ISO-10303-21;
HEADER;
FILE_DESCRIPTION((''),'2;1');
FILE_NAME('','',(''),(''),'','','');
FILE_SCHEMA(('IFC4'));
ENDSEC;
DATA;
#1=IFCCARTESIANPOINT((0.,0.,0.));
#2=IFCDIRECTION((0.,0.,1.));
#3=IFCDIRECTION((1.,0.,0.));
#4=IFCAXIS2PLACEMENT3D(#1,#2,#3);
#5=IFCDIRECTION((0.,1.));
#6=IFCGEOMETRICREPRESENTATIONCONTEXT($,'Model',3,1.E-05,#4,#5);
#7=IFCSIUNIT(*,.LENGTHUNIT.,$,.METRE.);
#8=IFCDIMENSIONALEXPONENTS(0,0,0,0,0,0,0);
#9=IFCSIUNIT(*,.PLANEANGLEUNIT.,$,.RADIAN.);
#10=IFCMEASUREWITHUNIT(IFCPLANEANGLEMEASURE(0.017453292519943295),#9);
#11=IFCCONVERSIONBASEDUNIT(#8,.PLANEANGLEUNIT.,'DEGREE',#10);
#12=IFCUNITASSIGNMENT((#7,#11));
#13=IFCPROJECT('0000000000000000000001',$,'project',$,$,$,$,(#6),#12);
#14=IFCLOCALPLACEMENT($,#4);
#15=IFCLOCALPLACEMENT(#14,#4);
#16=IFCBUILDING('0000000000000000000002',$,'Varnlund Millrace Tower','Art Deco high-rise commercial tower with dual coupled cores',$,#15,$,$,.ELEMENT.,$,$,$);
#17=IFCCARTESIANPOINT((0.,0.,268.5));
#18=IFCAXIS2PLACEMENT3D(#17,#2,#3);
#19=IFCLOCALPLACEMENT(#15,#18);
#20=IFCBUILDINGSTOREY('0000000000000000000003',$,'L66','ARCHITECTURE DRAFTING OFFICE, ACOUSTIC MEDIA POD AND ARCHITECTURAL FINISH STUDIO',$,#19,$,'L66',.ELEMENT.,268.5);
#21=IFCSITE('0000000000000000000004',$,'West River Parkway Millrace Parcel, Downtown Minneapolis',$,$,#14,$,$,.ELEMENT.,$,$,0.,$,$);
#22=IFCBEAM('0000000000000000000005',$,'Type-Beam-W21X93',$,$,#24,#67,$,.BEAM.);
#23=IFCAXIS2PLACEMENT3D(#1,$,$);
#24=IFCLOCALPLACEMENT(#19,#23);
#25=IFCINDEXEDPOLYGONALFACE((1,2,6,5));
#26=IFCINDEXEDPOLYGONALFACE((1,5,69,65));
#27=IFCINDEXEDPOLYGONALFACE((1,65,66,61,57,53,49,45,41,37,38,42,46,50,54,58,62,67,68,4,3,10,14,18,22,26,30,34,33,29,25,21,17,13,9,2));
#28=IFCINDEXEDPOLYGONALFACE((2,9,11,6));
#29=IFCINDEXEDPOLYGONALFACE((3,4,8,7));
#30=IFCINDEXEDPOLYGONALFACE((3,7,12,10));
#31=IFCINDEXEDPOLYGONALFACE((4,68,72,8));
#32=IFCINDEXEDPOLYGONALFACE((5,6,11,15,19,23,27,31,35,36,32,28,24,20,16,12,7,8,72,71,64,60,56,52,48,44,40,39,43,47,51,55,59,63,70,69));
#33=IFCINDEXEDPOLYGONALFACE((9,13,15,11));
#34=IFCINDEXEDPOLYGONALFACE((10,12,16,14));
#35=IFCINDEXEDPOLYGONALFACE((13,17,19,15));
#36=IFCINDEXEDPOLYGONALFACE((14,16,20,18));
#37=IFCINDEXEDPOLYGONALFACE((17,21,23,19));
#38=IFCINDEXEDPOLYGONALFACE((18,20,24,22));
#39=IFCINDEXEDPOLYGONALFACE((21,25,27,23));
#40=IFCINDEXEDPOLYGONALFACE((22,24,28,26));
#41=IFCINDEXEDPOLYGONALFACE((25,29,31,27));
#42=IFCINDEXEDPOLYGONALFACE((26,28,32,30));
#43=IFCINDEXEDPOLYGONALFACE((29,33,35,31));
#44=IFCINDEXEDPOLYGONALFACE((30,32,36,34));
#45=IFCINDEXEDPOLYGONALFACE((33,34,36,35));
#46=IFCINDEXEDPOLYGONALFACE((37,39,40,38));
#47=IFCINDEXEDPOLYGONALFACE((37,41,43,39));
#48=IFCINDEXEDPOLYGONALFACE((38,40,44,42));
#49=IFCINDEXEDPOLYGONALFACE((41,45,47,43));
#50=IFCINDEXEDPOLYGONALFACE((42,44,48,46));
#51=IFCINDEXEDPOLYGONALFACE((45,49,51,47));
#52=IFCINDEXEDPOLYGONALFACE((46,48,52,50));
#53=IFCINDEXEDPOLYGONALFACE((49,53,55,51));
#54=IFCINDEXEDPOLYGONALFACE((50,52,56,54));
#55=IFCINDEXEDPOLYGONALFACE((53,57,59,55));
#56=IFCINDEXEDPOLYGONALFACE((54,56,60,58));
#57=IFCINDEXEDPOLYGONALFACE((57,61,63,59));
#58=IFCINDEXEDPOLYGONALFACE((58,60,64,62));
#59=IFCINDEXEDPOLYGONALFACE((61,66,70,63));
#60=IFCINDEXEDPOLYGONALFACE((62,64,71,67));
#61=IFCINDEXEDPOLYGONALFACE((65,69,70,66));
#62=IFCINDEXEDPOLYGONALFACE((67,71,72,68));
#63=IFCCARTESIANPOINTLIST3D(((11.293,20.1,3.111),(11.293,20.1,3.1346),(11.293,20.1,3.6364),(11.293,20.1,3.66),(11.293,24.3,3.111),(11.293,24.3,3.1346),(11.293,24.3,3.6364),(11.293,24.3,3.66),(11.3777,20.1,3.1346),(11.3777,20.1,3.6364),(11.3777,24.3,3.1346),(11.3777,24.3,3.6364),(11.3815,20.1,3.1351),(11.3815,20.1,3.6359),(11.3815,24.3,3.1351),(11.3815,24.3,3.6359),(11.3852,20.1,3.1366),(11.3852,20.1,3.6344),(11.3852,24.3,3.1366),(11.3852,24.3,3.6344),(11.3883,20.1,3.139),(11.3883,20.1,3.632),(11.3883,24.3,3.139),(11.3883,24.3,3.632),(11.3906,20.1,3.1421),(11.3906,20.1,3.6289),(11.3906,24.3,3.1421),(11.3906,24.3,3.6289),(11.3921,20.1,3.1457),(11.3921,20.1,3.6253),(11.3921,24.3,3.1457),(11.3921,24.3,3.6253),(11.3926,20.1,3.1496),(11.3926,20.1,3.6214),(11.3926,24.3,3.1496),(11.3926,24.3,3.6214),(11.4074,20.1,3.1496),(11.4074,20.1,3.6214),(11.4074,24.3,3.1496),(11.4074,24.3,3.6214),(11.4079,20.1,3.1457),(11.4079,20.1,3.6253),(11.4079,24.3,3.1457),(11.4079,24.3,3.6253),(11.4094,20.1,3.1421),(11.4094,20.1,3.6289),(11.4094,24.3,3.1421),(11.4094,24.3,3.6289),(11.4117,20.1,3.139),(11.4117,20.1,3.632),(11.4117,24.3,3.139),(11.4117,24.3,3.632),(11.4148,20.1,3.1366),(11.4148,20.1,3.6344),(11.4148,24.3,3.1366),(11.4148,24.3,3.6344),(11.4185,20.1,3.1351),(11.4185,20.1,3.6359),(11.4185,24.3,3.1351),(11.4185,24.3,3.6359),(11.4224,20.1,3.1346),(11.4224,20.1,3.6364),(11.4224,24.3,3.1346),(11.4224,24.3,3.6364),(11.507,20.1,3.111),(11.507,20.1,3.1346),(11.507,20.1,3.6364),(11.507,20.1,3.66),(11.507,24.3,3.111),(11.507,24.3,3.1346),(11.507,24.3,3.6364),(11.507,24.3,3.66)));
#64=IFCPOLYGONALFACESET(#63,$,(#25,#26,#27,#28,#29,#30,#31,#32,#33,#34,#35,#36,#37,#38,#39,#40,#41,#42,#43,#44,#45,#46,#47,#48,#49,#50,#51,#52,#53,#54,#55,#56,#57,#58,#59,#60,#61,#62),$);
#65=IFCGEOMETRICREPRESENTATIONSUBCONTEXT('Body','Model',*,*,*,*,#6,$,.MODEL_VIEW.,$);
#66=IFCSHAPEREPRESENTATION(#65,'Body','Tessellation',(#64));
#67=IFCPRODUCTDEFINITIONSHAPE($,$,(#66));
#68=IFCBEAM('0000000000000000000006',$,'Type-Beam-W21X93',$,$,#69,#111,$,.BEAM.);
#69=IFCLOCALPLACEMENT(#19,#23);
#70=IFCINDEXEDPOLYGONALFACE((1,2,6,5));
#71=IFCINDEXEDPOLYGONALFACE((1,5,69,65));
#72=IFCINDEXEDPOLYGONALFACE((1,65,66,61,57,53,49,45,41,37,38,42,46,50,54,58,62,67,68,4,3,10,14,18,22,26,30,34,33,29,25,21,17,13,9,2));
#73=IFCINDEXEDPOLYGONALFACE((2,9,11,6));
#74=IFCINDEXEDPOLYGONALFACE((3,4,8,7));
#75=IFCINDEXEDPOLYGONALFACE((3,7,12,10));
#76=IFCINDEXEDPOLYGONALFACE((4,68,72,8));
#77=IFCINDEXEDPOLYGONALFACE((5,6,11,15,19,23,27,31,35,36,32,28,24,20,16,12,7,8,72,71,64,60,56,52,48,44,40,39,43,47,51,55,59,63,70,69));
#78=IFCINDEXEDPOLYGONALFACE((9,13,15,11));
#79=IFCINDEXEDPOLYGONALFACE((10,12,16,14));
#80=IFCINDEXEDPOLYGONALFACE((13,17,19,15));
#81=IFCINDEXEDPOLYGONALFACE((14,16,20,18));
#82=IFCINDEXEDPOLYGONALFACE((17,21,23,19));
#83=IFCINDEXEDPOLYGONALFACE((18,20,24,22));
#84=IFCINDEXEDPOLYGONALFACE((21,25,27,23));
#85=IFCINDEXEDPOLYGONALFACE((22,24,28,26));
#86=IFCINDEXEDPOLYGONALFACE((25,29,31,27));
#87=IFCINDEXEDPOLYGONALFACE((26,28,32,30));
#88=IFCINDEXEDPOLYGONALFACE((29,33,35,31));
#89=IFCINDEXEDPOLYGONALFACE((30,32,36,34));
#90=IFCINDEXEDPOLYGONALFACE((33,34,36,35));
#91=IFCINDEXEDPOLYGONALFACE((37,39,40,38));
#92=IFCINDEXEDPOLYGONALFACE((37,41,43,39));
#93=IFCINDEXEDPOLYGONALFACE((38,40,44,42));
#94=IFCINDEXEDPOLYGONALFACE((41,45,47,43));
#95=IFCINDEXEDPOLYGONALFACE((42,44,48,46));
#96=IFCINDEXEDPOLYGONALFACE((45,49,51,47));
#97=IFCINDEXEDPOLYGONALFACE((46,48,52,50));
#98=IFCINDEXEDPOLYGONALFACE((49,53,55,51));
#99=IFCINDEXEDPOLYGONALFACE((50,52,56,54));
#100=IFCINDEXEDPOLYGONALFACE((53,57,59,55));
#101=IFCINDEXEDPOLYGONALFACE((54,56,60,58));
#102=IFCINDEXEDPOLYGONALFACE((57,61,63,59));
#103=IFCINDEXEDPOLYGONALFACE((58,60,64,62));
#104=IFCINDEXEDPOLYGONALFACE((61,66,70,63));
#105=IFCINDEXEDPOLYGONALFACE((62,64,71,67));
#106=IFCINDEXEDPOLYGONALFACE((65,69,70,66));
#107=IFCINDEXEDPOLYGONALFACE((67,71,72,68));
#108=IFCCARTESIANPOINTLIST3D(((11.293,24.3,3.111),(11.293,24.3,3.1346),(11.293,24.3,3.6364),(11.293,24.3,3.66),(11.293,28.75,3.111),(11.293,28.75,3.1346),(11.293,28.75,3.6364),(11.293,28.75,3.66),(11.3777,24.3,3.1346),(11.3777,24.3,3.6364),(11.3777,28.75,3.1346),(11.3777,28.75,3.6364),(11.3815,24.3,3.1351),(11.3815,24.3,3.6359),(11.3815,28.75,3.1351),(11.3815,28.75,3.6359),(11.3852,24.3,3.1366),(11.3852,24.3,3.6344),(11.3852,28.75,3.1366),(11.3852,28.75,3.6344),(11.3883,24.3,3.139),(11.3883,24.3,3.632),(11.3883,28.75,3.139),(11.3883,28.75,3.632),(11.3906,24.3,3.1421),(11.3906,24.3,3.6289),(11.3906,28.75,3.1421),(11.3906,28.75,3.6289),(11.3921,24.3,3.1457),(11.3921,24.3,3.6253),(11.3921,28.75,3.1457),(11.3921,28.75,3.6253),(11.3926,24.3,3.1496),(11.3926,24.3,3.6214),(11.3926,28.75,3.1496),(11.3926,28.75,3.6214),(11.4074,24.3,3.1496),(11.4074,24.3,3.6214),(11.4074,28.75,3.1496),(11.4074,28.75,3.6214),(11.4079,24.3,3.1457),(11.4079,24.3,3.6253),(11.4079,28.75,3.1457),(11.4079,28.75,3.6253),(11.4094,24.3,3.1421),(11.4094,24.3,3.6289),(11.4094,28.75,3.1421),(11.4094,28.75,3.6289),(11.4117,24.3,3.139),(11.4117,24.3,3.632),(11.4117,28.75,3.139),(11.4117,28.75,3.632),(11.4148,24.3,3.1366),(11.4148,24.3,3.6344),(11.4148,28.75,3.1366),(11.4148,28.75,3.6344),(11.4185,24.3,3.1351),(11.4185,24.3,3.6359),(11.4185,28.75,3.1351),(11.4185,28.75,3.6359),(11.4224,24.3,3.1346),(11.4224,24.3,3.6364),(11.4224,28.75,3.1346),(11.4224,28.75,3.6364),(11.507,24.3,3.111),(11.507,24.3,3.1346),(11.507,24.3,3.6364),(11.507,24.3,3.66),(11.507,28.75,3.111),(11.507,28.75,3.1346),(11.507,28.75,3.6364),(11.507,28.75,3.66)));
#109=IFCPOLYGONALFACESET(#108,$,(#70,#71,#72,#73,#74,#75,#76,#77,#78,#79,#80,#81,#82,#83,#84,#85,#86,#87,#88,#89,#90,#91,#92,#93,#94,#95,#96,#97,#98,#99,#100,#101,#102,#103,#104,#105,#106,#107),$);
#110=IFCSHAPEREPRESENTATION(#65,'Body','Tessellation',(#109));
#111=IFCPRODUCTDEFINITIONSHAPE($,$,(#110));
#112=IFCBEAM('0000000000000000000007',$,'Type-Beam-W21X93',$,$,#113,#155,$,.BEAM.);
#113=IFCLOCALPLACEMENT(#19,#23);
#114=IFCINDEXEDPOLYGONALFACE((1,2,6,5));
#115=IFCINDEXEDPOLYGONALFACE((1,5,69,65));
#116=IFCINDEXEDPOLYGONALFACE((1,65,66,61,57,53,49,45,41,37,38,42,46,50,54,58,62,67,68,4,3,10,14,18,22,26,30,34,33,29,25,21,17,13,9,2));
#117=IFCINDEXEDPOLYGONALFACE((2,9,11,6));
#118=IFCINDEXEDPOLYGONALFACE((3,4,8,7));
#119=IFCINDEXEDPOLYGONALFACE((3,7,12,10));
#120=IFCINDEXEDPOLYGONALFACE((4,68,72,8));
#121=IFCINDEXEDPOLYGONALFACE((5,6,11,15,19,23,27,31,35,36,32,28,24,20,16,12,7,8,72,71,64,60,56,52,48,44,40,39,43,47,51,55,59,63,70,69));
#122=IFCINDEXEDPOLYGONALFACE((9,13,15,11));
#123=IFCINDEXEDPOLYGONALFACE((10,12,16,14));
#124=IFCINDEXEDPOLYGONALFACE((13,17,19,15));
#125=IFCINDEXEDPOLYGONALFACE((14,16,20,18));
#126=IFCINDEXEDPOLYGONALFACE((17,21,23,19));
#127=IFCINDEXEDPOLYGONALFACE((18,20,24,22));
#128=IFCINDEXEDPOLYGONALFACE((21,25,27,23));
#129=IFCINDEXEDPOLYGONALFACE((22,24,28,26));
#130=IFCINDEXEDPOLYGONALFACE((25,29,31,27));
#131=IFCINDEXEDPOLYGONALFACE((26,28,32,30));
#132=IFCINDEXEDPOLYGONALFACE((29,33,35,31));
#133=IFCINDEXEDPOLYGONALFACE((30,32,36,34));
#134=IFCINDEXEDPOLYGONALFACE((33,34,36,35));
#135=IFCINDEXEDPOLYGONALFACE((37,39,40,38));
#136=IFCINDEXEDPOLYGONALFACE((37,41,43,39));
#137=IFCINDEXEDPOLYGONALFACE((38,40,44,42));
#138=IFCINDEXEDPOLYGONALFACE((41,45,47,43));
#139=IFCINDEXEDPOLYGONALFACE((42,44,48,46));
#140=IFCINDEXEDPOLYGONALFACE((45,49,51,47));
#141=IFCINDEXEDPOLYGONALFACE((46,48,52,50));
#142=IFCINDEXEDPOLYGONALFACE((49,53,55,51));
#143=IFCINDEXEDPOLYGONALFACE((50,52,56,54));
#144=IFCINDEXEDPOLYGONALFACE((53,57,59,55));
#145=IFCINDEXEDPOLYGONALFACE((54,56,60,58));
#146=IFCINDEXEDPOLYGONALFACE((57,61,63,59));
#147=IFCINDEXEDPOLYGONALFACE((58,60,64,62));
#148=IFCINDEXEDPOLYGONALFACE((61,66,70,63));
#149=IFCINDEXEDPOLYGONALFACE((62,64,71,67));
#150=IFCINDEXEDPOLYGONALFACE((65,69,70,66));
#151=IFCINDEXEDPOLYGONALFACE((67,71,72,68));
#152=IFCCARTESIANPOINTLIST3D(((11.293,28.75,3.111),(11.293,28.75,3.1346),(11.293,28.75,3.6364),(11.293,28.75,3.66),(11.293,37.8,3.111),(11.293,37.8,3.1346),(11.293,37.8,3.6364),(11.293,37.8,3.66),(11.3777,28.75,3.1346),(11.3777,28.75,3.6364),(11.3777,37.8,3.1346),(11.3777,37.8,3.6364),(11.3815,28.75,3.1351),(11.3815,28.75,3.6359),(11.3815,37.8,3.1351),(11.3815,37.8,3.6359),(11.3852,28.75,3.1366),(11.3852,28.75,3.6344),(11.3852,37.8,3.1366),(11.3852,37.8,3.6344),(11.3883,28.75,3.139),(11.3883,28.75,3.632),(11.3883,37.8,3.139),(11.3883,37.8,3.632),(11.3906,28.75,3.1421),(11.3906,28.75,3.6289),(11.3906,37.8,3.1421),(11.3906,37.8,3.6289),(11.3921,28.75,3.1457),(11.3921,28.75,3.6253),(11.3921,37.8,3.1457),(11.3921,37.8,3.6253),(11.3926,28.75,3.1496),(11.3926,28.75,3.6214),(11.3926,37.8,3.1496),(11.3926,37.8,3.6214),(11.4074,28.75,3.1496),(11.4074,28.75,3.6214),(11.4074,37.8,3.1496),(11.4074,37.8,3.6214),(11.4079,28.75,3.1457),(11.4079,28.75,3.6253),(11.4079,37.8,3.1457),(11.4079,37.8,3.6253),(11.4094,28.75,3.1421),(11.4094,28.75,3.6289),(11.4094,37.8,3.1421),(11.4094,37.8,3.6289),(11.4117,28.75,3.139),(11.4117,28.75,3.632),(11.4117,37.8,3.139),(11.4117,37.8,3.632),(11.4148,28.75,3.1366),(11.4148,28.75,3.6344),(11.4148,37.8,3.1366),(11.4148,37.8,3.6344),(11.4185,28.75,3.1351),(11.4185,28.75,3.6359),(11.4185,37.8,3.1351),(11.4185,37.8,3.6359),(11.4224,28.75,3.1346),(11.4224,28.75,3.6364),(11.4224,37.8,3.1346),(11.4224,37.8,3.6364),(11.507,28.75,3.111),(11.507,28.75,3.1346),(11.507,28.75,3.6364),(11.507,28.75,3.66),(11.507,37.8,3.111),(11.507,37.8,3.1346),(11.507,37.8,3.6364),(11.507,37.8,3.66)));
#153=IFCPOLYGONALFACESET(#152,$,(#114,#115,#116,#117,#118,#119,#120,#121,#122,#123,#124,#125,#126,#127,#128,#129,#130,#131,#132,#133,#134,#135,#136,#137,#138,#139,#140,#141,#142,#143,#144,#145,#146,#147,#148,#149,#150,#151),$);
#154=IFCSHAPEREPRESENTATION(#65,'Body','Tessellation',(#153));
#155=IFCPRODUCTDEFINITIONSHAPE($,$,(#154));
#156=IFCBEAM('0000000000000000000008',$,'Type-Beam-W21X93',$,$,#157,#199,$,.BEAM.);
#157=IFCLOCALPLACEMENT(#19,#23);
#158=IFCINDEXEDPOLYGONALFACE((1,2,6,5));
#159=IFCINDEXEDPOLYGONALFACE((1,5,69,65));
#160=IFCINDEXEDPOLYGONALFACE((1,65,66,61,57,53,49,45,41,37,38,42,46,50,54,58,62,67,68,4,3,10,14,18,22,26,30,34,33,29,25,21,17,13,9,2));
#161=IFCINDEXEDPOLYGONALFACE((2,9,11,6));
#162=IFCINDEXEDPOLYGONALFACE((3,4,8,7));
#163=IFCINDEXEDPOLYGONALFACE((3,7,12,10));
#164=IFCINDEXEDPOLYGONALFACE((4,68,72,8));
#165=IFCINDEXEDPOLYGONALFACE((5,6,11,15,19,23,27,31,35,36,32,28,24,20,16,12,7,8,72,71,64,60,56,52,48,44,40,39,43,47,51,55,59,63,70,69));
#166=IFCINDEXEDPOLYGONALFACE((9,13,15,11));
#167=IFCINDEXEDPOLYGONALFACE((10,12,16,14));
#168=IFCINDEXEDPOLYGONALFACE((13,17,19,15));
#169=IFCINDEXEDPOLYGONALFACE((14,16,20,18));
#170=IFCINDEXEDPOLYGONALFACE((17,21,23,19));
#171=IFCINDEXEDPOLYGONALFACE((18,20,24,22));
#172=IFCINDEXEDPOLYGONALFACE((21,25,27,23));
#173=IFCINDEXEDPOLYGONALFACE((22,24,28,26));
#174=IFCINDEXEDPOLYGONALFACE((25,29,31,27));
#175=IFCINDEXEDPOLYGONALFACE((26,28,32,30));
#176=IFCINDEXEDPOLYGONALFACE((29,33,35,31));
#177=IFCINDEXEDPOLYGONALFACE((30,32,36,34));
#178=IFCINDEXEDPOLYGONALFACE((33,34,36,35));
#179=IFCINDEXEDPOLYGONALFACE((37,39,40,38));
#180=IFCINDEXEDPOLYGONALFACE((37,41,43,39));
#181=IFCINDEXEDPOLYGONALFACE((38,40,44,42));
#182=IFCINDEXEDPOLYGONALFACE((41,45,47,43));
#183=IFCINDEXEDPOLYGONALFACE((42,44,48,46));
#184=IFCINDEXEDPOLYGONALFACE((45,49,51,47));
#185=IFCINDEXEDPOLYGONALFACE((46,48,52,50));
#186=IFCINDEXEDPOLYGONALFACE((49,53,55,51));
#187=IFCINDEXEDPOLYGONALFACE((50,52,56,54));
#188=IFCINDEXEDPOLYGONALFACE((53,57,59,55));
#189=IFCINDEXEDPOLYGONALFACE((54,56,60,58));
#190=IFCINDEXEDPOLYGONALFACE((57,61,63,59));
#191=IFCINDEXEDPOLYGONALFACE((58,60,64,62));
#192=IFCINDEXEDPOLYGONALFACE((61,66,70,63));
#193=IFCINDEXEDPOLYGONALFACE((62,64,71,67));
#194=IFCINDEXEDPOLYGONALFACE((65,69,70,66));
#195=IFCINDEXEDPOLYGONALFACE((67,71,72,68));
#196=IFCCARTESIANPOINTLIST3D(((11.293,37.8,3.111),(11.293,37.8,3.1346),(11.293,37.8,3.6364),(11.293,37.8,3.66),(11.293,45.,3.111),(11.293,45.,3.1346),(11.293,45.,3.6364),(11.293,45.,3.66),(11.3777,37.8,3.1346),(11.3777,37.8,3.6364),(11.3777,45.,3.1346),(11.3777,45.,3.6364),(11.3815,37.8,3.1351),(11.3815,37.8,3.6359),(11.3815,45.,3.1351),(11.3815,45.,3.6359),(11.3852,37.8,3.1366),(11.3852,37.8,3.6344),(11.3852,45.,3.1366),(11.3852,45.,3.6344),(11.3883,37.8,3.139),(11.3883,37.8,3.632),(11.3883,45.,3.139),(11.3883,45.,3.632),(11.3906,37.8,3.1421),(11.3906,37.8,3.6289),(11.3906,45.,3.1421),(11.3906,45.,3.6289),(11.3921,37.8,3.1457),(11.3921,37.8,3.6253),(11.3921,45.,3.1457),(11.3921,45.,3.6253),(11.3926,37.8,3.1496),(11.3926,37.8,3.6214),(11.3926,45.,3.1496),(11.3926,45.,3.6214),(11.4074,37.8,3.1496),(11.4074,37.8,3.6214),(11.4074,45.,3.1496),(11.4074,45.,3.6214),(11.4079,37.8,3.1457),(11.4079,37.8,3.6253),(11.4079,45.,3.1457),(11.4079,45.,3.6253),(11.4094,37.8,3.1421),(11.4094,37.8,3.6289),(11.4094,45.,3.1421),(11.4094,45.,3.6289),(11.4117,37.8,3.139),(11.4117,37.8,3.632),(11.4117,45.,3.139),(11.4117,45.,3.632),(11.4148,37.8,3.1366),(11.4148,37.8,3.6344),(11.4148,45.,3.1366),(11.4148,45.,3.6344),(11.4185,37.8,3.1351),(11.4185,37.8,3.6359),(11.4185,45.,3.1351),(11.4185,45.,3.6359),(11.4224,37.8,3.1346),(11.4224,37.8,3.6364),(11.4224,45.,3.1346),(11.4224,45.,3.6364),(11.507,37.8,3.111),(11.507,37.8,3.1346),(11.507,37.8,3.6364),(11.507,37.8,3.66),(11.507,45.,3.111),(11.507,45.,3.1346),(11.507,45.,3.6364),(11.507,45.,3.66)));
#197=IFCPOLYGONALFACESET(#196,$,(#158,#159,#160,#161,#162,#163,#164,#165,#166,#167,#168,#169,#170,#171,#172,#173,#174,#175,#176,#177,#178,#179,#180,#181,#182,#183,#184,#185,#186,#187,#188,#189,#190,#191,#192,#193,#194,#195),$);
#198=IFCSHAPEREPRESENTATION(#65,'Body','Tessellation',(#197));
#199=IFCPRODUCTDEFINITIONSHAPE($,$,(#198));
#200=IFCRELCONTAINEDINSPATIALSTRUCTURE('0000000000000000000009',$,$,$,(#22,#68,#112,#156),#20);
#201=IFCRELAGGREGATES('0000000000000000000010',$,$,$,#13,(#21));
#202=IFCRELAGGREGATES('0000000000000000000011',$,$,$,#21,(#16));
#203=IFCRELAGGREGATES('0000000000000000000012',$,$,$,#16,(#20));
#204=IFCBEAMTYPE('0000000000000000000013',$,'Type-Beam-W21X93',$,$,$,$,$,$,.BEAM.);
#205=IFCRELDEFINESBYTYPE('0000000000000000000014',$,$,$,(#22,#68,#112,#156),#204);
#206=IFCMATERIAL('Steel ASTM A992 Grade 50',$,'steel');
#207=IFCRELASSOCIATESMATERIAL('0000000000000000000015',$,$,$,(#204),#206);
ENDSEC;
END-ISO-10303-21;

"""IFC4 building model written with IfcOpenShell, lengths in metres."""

from ifc_helpers import new_model, entity, si_unit, converted_unit, direction, frame, origin_with_axes, origin_2d_with_axis, place, context, subcontext, project, spatial, i_section, extrude, material, material_profile, profile_set, type_object, element, save


model = new_model("IFC4")

# Units and contexts
model_context = context("Model", 3, precision=1e-05, world=origin_with_axes(), true_north=direction((0.0, 1.0)))
body_context = subcontext(model_context, "Body", "Model", "MODEL_VIEW")
ifc_project = project(units=[si_unit("LENGTHUNIT", "METRE"), converted_unit("PLANEANGLEUNIT", "DEGREE", entity("IfcPlaneAngleMeasure", 0.017453292519943295), si_unit("PLANEANGLEUNIT", "RADIAN"), dimensions=[0, 0, 0, 0, 0, 0, 0])], contexts=[model_context])

# Site, building, storey
site_placement = place(None, origin_with_axes())
site = spatial("IfcSite", under=ifc_project, at=site_placement, Name="West River Parkway Millrace Parcel, Downtown Minneapolis", CompositionType="ELEMENT", RefElevation=0.0)
building_placement = place(site_placement, origin_with_axes())
building = spatial("IfcBuilding", under=site, at=building_placement, Name="Varnlund Millrace Tower", Description="Art Deco high-rise commercial tower with dual coupled cores", CompositionType="ELEMENT")
storey_placement = place(building_placement, frame((0.0, 0.0, 268.5), z_axis=(0.0, 0.0, 1.0), x_axis=(1.0, 0.0, 0.0)))
storey = spatial("IfcBuildingStorey", under=building, at=storey_placement, Name="L66", Description="ARCHITECTURE DRAFTING OFFICE, ACOUSTIC MEDIA POD AND ARCHITECTURAL FINISH STUDIO", LongName="L66", CompositionType="ELEMENT", Elevation=268.5)

# Beams
ifc_material_1 = material(Name="Steel ASTM A992 Grade 50", Category="steel")
ifc_material_profile_1 = material_profile(ifc_material_1, i_section(OverallWidth=0.214, OverallDepth=0.549, WebThickness=0.0147, FlangeThickness=0.0236, FilletRadius=0.015, at=origin_2d_with_axis()), Name="Steel ASTM A992 Grade 50")
ifc_profile_set_1 = profile_set([ifc_material_profile_1], Name="Steel ASTM A992 Grade 50")
beam_type_1 = type_object("IfcBeamType", Name="Type-Beam-W21X93", PredefinedType="BEAM", material=ifc_profile_set_1)
beam_1_placement = place(storey_placement, frame((11.4, 20.1, 3.3855), z_axis=(0.0, 1.0, 0.0), x_axis=(-1.0, 0.0, 0.0)))
element("IfcBeam", 1, at=beam_1_placement, inside=storey, type_object=beam_type_1, Name="Type-Beam-W21X93", PredefinedType="BEAM", context=body_context, shape_type="SweptSolid", body=[
    extrude(i_section(OverallWidth=0.214, OverallDepth=0.549, WebThickness=0.0147, FlangeThickness=0.0236, FilletRadius=0.015, at=origin_2d_with_axis()), origin_with_axes(), (0.0, 0.0, 1.0), 4.2),
])
beam_2_placement = place(storey_placement, frame((11.4, 24.3, 3.3855), z_axis=(0.0, 1.0, 0.0), x_axis=(-1.0, 0.0, 0.0)))
element("IfcBeam", 2, at=beam_2_placement, inside=storey, type_object=beam_type_1, Name="Type-Beam-W21X93", PredefinedType="BEAM", context=body_context, shape_type="SweptSolid", body=[
    extrude(i_section(OverallWidth=0.214, OverallDepth=0.549, WebThickness=0.0147, FlangeThickness=0.0236, FilletRadius=0.015, at=origin_2d_with_axis()), origin_with_axes(), (0.0, 0.0, 1.0), 4.45),
])
beam_3_placement = place(storey_placement, frame((11.4, 28.75, 3.3855), z_axis=(0.0, 1.0, 0.0), x_axis=(-1.0, 0.0, 0.0)))
element("IfcBeam", 3, at=beam_3_placement, inside=storey, type_object=beam_type_1, Name="Type-Beam-W21X93", PredefinedType="BEAM", context=body_context, shape_type="SweptSolid", body=[
    extrude(i_section(OverallWidth=0.214, OverallDepth=0.549, WebThickness=0.0147, FlangeThickness=0.0236, FilletRadius=0.015, at=origin_2d_with_axis()), origin_with_axes(), (0.0, 0.0, 1.0), 9.05),
])
beam_4_placement = place(storey_placement, frame((11.4, 37.8, 3.3855), z_axis=(0.0, 1.0, 0.0), x_axis=(-1.0, 0.0, 0.0)))
element("IfcBeam", 4, at=beam_4_placement, inside=storey, type_object=beam_type_1, Name="Type-Beam-W21X93", PredefinedType="BEAM", context=body_context, shape_type="SweptSolid", body=[
    extrude(i_section(OverallWidth=0.214, OverallDepth=0.549, WebThickness=0.0147, FlangeThickness=0.0236, FilletRadius=0.015, at=origin_2d_with_axis()), origin_with_axes(), (0.0, 0.0, 1.0), 7.2),
])

save(model, "model.ifc")
